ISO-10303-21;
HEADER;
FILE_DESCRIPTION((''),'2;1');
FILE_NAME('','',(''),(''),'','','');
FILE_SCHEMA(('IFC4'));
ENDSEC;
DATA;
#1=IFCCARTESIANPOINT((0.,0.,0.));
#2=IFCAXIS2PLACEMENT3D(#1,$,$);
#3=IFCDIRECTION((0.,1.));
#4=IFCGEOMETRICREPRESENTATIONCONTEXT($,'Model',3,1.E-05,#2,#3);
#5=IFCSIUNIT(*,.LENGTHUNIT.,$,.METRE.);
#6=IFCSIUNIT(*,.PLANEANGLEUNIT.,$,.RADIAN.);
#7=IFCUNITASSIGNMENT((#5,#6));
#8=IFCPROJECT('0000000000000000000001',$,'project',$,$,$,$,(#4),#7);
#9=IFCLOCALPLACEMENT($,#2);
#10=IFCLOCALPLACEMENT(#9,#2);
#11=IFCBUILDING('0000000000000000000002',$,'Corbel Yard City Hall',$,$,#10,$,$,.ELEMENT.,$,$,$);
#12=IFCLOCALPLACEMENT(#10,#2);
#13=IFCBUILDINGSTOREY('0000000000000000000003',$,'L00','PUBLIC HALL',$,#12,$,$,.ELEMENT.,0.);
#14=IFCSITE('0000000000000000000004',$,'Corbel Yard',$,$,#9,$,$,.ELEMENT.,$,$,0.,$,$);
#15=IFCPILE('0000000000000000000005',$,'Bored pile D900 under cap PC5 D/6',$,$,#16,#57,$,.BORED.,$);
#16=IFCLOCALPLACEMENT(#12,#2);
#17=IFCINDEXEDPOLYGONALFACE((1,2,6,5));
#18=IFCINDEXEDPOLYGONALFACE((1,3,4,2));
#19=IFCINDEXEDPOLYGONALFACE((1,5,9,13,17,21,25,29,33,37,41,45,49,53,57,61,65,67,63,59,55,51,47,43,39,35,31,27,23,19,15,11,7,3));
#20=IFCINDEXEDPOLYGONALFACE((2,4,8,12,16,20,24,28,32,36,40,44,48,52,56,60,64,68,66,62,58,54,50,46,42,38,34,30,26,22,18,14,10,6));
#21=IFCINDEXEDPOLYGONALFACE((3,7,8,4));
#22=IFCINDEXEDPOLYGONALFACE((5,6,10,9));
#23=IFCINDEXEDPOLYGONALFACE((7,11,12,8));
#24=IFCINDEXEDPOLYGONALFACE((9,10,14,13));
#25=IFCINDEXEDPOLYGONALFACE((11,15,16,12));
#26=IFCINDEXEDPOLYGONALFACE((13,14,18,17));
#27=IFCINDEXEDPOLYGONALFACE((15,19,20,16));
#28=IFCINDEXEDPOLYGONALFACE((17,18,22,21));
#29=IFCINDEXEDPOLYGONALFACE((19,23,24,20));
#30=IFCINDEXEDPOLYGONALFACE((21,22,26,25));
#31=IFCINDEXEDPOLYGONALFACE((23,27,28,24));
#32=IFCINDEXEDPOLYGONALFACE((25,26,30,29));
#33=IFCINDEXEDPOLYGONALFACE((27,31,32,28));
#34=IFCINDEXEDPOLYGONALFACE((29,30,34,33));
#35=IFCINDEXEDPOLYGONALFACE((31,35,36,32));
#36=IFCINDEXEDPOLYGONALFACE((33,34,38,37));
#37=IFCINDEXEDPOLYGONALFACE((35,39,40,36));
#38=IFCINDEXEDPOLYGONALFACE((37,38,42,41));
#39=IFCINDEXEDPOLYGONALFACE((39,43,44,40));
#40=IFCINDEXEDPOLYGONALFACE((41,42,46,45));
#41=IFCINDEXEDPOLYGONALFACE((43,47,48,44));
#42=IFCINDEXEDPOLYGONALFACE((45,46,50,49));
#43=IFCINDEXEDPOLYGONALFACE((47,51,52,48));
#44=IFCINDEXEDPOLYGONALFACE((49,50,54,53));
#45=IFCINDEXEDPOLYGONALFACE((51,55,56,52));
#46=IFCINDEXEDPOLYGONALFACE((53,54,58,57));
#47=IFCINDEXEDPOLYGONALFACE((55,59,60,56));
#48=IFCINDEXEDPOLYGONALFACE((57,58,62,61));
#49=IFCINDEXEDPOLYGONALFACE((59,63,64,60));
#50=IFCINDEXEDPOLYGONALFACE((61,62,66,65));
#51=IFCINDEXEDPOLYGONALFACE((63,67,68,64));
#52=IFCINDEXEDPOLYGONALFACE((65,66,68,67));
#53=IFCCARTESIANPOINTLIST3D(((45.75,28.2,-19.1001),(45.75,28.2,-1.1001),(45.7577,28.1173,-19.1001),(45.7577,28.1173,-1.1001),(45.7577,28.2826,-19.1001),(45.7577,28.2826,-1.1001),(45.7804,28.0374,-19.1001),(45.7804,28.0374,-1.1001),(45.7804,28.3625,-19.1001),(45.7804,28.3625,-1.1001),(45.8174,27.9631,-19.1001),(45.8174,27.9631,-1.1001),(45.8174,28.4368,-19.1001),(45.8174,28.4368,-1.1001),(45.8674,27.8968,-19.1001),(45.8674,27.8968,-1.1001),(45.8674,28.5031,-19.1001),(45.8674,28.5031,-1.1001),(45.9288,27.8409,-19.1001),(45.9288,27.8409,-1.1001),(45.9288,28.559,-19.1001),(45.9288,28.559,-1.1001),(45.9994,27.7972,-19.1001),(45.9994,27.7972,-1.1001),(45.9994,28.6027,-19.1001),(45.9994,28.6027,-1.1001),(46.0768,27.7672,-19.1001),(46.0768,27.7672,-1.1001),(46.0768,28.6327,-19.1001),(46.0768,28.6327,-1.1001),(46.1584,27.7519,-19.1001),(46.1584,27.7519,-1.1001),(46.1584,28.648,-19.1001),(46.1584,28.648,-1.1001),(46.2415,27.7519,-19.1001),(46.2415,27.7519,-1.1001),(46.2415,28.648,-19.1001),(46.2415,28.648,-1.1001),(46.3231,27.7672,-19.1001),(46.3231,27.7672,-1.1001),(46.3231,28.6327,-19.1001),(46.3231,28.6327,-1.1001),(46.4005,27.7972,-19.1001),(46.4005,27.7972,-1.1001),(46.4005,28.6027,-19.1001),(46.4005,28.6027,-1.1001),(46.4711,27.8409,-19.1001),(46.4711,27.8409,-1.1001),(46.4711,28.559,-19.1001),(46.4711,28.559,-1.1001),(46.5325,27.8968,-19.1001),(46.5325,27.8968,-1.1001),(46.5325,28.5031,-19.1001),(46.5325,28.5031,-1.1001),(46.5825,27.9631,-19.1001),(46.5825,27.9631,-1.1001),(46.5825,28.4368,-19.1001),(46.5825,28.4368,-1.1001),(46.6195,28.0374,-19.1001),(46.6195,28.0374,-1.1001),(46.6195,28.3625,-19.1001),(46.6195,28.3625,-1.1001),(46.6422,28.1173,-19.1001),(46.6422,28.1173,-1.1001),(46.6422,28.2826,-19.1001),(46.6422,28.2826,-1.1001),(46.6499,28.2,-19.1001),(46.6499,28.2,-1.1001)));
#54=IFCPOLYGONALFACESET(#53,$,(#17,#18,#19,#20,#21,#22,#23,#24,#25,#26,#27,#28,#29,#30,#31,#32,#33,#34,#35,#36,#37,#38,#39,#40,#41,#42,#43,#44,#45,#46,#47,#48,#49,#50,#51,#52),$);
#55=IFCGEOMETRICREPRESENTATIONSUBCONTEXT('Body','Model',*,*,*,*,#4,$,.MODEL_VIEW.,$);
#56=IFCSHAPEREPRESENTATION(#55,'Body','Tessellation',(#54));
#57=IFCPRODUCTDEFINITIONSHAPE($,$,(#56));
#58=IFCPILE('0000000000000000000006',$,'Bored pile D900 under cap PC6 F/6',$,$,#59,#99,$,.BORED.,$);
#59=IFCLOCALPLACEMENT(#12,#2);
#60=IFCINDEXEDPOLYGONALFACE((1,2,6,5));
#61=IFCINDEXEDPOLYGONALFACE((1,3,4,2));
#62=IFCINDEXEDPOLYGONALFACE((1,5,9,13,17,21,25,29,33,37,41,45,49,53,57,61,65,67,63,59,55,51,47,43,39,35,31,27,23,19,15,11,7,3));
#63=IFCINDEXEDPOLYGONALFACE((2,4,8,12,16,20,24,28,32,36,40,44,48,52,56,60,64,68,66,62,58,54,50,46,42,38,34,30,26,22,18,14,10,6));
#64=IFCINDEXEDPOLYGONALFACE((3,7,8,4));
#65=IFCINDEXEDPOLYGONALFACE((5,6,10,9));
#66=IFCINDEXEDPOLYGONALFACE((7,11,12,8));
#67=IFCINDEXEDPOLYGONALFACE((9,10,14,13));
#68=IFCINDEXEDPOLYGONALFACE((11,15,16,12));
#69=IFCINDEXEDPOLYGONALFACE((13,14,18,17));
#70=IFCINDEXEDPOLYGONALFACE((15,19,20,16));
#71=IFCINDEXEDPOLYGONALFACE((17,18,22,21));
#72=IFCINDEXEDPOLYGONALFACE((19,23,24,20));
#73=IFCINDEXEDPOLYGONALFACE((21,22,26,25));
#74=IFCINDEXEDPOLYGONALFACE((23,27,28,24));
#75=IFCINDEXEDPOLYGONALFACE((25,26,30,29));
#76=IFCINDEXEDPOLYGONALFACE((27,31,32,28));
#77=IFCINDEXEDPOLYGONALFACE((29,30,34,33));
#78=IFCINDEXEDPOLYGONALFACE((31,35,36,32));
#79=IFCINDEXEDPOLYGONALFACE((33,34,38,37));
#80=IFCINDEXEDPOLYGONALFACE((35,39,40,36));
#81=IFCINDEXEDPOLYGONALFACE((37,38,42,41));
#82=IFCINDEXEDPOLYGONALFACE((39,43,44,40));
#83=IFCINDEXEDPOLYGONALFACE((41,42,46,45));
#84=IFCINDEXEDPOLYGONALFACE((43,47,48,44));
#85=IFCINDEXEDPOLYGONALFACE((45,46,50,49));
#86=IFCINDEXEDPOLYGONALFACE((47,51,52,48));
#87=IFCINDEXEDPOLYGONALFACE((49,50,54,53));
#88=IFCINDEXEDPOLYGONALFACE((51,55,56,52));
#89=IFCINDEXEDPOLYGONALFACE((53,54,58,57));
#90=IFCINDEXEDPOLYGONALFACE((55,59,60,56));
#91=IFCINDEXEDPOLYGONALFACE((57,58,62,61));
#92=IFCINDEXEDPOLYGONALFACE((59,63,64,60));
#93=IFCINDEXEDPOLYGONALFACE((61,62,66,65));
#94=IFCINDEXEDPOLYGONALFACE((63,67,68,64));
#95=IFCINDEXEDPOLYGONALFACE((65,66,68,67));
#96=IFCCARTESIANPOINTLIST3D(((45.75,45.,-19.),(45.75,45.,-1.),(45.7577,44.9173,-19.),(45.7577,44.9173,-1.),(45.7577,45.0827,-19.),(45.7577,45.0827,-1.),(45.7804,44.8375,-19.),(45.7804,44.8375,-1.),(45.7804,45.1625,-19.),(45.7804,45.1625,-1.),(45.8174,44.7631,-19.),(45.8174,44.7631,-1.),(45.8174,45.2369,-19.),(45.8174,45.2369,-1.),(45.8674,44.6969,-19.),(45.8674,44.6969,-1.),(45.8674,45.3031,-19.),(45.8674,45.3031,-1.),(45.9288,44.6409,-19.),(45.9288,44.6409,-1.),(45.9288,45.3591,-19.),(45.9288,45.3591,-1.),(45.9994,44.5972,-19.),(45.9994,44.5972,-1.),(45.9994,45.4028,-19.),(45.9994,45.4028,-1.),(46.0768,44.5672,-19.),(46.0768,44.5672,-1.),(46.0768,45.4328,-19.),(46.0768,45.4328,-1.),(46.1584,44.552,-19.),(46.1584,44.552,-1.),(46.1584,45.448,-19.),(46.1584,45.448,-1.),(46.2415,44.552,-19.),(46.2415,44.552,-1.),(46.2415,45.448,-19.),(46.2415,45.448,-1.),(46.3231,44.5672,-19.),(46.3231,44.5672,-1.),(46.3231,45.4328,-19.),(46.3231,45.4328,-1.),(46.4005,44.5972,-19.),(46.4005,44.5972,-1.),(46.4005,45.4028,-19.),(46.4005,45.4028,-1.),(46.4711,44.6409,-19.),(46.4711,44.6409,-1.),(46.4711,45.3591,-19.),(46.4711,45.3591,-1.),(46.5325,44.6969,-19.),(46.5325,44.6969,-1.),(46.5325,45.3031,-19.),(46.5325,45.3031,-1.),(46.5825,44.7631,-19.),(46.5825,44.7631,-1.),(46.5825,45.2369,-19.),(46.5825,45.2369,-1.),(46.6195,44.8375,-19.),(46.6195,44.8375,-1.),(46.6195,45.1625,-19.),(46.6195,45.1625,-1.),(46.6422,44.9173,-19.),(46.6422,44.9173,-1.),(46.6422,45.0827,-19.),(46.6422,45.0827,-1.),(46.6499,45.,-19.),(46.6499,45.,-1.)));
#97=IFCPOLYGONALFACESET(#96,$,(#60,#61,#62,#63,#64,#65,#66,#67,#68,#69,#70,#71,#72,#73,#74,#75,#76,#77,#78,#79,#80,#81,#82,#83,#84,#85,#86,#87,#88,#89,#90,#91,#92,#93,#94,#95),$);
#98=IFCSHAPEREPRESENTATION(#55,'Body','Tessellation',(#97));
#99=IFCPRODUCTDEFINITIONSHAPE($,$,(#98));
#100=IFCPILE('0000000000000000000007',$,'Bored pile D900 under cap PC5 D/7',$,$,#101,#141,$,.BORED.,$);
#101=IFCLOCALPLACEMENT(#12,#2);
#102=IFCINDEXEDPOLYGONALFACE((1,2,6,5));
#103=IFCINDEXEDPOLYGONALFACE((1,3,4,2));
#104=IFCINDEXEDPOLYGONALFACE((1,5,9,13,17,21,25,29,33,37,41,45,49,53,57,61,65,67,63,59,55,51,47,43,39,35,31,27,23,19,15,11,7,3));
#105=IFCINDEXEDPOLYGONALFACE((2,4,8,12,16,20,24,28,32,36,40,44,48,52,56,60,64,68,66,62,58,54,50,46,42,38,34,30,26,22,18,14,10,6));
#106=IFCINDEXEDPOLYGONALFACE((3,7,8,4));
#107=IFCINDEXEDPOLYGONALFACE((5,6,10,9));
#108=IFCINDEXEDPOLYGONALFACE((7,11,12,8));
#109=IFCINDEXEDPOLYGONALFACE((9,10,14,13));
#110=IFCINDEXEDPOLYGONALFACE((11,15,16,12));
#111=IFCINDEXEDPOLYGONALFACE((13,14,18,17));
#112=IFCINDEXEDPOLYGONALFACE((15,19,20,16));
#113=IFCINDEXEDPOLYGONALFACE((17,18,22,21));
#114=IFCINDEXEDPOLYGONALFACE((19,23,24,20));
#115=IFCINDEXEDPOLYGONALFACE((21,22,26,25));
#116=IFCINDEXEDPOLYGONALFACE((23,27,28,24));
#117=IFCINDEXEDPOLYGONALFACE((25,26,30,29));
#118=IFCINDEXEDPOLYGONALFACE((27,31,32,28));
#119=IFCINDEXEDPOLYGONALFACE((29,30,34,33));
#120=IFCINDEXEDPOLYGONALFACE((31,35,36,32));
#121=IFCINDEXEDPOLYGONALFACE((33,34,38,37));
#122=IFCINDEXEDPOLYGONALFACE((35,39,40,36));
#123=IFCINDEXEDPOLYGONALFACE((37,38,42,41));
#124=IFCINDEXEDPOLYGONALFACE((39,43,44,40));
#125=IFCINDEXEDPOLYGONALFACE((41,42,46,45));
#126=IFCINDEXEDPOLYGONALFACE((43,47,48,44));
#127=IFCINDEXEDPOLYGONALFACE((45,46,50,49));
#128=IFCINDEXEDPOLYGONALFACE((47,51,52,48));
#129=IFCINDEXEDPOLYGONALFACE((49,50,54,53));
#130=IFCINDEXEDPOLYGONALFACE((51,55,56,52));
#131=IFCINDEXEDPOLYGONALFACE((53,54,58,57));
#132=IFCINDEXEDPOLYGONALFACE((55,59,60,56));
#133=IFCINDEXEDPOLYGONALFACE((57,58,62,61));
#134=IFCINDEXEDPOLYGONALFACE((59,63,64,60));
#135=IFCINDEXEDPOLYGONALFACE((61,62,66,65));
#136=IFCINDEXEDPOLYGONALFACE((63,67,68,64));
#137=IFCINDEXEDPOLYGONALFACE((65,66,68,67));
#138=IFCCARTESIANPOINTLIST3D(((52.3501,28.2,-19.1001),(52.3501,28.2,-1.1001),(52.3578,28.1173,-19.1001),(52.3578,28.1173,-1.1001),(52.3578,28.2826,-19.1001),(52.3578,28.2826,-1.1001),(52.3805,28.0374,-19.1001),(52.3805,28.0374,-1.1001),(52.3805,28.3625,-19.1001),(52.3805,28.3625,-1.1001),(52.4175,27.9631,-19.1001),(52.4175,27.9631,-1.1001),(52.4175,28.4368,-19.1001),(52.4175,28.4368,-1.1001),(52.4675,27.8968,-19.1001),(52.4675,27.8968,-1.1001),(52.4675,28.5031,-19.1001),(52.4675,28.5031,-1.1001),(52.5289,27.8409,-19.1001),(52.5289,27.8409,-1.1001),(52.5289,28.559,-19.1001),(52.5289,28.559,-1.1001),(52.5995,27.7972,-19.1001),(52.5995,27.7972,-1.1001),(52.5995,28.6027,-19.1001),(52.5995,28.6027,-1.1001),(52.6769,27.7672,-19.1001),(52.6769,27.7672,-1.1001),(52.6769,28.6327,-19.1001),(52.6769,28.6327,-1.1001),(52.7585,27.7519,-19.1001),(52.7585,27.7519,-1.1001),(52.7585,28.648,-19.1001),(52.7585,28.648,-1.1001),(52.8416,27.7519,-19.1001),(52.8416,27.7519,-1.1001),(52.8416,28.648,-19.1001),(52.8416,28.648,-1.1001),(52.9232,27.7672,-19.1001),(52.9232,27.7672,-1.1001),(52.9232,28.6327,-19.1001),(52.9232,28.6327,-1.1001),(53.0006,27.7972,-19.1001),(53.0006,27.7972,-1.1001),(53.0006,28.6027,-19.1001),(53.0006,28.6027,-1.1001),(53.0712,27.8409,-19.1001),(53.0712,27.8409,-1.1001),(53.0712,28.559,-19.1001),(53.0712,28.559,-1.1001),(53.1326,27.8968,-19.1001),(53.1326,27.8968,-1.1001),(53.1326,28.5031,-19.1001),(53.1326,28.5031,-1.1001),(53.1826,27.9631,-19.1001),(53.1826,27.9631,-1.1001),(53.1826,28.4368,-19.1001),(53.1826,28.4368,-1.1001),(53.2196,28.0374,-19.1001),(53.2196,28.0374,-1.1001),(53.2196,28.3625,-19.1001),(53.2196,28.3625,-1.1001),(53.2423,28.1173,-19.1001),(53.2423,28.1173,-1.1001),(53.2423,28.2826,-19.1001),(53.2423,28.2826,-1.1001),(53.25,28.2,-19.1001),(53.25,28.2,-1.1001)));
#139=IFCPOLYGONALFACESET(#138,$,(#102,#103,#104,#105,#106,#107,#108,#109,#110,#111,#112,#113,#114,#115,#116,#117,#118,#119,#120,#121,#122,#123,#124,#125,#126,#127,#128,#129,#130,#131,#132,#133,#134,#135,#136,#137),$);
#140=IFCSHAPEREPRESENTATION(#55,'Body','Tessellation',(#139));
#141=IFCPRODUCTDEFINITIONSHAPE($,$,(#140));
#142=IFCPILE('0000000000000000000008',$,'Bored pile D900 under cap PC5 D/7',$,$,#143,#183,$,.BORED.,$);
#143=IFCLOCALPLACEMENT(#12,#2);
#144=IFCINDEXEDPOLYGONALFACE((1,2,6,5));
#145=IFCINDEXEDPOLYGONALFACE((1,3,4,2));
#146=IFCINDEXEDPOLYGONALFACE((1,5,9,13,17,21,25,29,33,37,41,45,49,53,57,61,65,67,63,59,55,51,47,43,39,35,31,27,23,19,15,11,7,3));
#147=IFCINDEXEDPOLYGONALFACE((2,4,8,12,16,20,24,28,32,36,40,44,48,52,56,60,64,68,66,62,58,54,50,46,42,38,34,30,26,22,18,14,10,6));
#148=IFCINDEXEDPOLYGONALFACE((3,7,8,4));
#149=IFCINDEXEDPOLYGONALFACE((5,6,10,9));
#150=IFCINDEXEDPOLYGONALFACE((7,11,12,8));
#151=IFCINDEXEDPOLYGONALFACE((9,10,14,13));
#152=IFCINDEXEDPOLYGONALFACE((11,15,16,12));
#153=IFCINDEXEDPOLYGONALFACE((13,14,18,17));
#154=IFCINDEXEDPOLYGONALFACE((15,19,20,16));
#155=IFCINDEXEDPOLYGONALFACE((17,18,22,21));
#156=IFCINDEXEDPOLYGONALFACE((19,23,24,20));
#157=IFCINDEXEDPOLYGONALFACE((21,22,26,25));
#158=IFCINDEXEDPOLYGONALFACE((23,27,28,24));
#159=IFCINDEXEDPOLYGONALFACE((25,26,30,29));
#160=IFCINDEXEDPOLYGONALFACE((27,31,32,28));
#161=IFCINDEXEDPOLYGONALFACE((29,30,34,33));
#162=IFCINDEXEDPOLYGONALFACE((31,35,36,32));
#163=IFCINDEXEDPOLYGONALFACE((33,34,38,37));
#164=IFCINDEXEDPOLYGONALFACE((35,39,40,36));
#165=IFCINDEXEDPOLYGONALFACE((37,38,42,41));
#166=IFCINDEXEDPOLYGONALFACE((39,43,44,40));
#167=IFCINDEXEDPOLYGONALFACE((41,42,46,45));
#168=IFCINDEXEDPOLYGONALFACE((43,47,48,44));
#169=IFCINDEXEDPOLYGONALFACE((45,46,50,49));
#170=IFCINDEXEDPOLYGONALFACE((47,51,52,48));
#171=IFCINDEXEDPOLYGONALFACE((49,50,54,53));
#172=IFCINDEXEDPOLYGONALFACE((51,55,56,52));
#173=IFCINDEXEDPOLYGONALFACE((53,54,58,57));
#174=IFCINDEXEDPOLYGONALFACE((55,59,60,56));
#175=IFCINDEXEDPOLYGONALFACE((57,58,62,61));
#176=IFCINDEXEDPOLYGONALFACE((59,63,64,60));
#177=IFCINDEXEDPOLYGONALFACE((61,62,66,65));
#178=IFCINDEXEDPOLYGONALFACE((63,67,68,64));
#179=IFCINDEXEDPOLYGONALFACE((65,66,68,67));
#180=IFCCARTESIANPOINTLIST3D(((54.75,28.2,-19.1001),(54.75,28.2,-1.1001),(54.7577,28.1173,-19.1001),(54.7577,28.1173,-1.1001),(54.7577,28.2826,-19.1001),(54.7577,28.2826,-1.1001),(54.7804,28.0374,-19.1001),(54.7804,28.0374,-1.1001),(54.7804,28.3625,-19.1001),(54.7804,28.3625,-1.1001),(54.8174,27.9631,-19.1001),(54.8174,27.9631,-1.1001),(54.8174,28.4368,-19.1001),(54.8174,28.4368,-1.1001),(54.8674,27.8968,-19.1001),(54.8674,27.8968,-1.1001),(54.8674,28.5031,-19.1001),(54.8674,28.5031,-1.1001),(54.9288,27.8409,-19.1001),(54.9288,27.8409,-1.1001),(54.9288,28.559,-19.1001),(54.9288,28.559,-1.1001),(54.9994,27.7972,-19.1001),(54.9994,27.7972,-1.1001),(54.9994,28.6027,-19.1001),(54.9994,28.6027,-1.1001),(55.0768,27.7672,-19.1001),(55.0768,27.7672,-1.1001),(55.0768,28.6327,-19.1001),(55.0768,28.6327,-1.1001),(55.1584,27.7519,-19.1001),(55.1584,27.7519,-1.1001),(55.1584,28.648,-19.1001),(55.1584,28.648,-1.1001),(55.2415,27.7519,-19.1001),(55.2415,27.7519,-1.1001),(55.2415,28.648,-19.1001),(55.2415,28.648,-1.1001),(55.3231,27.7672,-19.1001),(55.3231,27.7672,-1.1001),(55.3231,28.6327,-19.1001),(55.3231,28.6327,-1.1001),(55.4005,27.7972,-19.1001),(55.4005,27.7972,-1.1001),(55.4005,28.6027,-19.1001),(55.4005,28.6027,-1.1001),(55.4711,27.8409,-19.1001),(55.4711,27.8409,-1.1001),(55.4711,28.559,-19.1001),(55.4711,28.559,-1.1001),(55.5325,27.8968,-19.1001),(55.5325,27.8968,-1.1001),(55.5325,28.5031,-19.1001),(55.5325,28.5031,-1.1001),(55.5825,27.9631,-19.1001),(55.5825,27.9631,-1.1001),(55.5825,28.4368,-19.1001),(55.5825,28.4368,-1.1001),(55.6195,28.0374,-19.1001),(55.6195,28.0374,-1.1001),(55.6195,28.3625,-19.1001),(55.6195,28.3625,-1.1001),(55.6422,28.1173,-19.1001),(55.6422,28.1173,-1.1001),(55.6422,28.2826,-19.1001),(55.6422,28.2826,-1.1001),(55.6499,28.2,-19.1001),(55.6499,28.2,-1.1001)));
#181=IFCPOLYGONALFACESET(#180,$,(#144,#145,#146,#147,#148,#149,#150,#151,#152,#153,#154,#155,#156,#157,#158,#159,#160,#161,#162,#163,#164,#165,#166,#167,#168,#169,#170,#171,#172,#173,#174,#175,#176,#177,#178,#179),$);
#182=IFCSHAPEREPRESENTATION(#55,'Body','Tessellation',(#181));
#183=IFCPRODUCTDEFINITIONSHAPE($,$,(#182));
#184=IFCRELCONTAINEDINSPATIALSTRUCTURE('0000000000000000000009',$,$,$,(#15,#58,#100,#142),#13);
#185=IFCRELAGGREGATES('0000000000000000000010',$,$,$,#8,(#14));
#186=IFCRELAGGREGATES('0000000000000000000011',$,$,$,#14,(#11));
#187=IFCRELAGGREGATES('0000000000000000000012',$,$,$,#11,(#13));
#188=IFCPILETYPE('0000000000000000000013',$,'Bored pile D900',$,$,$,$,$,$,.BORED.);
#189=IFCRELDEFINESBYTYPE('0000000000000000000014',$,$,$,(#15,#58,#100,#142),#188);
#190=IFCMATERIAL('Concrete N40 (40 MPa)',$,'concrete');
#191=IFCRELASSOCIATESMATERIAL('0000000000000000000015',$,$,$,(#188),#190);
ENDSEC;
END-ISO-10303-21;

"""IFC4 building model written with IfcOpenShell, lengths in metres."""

from ifc_helpers import new_model, si_unit, direction, frame, origin, origin_2d, place, context, subcontext, project, spatial, circle, extrude, material, material_profile, profile_set, type_object, element, save


model = new_model("IFC4")

# Units and contexts
model_context = context("Model", 3, precision=1e-05, world=origin(), true_north=direction((0.0, 1.0)))
body_context = subcontext(model_context, "Body", "Model", "MODEL_VIEW")
ifc_project = project(units=[si_unit("LENGTHUNIT", "METRE"), si_unit("PLANEANGLEUNIT", "RADIAN")], contexts=[model_context])

# Site, building, storey
site_placement = place(None, origin())
site = spatial("IfcSite", under=ifc_project, at=site_placement, Name="Corbel Yard", CompositionType="ELEMENT", RefElevation=0.0)
building_placement = place(site_placement, origin())
building = spatial("IfcBuilding", under=site, at=building_placement, Name="Corbel Yard City Hall", CompositionType="ELEMENT")
storey_placement = place(building_placement, origin())
storey = spatial("IfcBuildingStorey", under=building, at=storey_placement, Name="L00", Description="PUBLIC HALL", CompositionType="ELEMENT", Elevation=0.0)

# Piles
ifc_material_1 = material(Name="Concrete N40 (40 MPa)", Category="concrete")
ifc_material_profile_1 = material_profile(ifc_material_1, circle(Radius=0.45, at=origin_2d()), Name="D900")
ifc_profile_set_1 = profile_set([ifc_material_profile_1], Name="Concrete N40 (40 MPa)")
pile_type = type_object("IfcPileType", Name="Bored pile D900", PredefinedType="BORED", material=ifc_profile_set_1)
for number, where, z_axis, x_axis, name in (
    (1, (46.2, 28.2, -1.1001), (0.0, 0.0, -1.0), (1.0, 0.0, 0.0), "Bored pile D900 under cap PC5 D/6"),
    (2, (46.2, 45.0, -1.0), (0.0, 0.0, -1.0), (1.0, 0.0, 0.0), "Bored pile D900 under cap PC6 F/6"),
    (3, (52.8, 28.2, -1.1001), (0.0, 0.0, -1.0), (1.0, 0.0, 0.0), "Bored pile D900 under cap PC5 D/7"),
    (4, (55.2, 28.2, -1.1001), (0.0, 0.0, -1.0), (1.0, 0.0, 0.0), "Bored pile D900 under cap PC5 D/7"),
):
    element("IfcPile", number, at=place(storey_placement, frame(where, z_axis=z_axis, x_axis=x_axis)), inside=storey, type_object=pile_type, Name=name, PredefinedType="BORED", context=body_context, shape_type="SweptSolid", body=[
        extrude(circle(Radius=0.45, at=origin_2d()), origin(), (0.0, 0.0, 1.0), 18.0),
    ])

save(model, "model.ifc")
